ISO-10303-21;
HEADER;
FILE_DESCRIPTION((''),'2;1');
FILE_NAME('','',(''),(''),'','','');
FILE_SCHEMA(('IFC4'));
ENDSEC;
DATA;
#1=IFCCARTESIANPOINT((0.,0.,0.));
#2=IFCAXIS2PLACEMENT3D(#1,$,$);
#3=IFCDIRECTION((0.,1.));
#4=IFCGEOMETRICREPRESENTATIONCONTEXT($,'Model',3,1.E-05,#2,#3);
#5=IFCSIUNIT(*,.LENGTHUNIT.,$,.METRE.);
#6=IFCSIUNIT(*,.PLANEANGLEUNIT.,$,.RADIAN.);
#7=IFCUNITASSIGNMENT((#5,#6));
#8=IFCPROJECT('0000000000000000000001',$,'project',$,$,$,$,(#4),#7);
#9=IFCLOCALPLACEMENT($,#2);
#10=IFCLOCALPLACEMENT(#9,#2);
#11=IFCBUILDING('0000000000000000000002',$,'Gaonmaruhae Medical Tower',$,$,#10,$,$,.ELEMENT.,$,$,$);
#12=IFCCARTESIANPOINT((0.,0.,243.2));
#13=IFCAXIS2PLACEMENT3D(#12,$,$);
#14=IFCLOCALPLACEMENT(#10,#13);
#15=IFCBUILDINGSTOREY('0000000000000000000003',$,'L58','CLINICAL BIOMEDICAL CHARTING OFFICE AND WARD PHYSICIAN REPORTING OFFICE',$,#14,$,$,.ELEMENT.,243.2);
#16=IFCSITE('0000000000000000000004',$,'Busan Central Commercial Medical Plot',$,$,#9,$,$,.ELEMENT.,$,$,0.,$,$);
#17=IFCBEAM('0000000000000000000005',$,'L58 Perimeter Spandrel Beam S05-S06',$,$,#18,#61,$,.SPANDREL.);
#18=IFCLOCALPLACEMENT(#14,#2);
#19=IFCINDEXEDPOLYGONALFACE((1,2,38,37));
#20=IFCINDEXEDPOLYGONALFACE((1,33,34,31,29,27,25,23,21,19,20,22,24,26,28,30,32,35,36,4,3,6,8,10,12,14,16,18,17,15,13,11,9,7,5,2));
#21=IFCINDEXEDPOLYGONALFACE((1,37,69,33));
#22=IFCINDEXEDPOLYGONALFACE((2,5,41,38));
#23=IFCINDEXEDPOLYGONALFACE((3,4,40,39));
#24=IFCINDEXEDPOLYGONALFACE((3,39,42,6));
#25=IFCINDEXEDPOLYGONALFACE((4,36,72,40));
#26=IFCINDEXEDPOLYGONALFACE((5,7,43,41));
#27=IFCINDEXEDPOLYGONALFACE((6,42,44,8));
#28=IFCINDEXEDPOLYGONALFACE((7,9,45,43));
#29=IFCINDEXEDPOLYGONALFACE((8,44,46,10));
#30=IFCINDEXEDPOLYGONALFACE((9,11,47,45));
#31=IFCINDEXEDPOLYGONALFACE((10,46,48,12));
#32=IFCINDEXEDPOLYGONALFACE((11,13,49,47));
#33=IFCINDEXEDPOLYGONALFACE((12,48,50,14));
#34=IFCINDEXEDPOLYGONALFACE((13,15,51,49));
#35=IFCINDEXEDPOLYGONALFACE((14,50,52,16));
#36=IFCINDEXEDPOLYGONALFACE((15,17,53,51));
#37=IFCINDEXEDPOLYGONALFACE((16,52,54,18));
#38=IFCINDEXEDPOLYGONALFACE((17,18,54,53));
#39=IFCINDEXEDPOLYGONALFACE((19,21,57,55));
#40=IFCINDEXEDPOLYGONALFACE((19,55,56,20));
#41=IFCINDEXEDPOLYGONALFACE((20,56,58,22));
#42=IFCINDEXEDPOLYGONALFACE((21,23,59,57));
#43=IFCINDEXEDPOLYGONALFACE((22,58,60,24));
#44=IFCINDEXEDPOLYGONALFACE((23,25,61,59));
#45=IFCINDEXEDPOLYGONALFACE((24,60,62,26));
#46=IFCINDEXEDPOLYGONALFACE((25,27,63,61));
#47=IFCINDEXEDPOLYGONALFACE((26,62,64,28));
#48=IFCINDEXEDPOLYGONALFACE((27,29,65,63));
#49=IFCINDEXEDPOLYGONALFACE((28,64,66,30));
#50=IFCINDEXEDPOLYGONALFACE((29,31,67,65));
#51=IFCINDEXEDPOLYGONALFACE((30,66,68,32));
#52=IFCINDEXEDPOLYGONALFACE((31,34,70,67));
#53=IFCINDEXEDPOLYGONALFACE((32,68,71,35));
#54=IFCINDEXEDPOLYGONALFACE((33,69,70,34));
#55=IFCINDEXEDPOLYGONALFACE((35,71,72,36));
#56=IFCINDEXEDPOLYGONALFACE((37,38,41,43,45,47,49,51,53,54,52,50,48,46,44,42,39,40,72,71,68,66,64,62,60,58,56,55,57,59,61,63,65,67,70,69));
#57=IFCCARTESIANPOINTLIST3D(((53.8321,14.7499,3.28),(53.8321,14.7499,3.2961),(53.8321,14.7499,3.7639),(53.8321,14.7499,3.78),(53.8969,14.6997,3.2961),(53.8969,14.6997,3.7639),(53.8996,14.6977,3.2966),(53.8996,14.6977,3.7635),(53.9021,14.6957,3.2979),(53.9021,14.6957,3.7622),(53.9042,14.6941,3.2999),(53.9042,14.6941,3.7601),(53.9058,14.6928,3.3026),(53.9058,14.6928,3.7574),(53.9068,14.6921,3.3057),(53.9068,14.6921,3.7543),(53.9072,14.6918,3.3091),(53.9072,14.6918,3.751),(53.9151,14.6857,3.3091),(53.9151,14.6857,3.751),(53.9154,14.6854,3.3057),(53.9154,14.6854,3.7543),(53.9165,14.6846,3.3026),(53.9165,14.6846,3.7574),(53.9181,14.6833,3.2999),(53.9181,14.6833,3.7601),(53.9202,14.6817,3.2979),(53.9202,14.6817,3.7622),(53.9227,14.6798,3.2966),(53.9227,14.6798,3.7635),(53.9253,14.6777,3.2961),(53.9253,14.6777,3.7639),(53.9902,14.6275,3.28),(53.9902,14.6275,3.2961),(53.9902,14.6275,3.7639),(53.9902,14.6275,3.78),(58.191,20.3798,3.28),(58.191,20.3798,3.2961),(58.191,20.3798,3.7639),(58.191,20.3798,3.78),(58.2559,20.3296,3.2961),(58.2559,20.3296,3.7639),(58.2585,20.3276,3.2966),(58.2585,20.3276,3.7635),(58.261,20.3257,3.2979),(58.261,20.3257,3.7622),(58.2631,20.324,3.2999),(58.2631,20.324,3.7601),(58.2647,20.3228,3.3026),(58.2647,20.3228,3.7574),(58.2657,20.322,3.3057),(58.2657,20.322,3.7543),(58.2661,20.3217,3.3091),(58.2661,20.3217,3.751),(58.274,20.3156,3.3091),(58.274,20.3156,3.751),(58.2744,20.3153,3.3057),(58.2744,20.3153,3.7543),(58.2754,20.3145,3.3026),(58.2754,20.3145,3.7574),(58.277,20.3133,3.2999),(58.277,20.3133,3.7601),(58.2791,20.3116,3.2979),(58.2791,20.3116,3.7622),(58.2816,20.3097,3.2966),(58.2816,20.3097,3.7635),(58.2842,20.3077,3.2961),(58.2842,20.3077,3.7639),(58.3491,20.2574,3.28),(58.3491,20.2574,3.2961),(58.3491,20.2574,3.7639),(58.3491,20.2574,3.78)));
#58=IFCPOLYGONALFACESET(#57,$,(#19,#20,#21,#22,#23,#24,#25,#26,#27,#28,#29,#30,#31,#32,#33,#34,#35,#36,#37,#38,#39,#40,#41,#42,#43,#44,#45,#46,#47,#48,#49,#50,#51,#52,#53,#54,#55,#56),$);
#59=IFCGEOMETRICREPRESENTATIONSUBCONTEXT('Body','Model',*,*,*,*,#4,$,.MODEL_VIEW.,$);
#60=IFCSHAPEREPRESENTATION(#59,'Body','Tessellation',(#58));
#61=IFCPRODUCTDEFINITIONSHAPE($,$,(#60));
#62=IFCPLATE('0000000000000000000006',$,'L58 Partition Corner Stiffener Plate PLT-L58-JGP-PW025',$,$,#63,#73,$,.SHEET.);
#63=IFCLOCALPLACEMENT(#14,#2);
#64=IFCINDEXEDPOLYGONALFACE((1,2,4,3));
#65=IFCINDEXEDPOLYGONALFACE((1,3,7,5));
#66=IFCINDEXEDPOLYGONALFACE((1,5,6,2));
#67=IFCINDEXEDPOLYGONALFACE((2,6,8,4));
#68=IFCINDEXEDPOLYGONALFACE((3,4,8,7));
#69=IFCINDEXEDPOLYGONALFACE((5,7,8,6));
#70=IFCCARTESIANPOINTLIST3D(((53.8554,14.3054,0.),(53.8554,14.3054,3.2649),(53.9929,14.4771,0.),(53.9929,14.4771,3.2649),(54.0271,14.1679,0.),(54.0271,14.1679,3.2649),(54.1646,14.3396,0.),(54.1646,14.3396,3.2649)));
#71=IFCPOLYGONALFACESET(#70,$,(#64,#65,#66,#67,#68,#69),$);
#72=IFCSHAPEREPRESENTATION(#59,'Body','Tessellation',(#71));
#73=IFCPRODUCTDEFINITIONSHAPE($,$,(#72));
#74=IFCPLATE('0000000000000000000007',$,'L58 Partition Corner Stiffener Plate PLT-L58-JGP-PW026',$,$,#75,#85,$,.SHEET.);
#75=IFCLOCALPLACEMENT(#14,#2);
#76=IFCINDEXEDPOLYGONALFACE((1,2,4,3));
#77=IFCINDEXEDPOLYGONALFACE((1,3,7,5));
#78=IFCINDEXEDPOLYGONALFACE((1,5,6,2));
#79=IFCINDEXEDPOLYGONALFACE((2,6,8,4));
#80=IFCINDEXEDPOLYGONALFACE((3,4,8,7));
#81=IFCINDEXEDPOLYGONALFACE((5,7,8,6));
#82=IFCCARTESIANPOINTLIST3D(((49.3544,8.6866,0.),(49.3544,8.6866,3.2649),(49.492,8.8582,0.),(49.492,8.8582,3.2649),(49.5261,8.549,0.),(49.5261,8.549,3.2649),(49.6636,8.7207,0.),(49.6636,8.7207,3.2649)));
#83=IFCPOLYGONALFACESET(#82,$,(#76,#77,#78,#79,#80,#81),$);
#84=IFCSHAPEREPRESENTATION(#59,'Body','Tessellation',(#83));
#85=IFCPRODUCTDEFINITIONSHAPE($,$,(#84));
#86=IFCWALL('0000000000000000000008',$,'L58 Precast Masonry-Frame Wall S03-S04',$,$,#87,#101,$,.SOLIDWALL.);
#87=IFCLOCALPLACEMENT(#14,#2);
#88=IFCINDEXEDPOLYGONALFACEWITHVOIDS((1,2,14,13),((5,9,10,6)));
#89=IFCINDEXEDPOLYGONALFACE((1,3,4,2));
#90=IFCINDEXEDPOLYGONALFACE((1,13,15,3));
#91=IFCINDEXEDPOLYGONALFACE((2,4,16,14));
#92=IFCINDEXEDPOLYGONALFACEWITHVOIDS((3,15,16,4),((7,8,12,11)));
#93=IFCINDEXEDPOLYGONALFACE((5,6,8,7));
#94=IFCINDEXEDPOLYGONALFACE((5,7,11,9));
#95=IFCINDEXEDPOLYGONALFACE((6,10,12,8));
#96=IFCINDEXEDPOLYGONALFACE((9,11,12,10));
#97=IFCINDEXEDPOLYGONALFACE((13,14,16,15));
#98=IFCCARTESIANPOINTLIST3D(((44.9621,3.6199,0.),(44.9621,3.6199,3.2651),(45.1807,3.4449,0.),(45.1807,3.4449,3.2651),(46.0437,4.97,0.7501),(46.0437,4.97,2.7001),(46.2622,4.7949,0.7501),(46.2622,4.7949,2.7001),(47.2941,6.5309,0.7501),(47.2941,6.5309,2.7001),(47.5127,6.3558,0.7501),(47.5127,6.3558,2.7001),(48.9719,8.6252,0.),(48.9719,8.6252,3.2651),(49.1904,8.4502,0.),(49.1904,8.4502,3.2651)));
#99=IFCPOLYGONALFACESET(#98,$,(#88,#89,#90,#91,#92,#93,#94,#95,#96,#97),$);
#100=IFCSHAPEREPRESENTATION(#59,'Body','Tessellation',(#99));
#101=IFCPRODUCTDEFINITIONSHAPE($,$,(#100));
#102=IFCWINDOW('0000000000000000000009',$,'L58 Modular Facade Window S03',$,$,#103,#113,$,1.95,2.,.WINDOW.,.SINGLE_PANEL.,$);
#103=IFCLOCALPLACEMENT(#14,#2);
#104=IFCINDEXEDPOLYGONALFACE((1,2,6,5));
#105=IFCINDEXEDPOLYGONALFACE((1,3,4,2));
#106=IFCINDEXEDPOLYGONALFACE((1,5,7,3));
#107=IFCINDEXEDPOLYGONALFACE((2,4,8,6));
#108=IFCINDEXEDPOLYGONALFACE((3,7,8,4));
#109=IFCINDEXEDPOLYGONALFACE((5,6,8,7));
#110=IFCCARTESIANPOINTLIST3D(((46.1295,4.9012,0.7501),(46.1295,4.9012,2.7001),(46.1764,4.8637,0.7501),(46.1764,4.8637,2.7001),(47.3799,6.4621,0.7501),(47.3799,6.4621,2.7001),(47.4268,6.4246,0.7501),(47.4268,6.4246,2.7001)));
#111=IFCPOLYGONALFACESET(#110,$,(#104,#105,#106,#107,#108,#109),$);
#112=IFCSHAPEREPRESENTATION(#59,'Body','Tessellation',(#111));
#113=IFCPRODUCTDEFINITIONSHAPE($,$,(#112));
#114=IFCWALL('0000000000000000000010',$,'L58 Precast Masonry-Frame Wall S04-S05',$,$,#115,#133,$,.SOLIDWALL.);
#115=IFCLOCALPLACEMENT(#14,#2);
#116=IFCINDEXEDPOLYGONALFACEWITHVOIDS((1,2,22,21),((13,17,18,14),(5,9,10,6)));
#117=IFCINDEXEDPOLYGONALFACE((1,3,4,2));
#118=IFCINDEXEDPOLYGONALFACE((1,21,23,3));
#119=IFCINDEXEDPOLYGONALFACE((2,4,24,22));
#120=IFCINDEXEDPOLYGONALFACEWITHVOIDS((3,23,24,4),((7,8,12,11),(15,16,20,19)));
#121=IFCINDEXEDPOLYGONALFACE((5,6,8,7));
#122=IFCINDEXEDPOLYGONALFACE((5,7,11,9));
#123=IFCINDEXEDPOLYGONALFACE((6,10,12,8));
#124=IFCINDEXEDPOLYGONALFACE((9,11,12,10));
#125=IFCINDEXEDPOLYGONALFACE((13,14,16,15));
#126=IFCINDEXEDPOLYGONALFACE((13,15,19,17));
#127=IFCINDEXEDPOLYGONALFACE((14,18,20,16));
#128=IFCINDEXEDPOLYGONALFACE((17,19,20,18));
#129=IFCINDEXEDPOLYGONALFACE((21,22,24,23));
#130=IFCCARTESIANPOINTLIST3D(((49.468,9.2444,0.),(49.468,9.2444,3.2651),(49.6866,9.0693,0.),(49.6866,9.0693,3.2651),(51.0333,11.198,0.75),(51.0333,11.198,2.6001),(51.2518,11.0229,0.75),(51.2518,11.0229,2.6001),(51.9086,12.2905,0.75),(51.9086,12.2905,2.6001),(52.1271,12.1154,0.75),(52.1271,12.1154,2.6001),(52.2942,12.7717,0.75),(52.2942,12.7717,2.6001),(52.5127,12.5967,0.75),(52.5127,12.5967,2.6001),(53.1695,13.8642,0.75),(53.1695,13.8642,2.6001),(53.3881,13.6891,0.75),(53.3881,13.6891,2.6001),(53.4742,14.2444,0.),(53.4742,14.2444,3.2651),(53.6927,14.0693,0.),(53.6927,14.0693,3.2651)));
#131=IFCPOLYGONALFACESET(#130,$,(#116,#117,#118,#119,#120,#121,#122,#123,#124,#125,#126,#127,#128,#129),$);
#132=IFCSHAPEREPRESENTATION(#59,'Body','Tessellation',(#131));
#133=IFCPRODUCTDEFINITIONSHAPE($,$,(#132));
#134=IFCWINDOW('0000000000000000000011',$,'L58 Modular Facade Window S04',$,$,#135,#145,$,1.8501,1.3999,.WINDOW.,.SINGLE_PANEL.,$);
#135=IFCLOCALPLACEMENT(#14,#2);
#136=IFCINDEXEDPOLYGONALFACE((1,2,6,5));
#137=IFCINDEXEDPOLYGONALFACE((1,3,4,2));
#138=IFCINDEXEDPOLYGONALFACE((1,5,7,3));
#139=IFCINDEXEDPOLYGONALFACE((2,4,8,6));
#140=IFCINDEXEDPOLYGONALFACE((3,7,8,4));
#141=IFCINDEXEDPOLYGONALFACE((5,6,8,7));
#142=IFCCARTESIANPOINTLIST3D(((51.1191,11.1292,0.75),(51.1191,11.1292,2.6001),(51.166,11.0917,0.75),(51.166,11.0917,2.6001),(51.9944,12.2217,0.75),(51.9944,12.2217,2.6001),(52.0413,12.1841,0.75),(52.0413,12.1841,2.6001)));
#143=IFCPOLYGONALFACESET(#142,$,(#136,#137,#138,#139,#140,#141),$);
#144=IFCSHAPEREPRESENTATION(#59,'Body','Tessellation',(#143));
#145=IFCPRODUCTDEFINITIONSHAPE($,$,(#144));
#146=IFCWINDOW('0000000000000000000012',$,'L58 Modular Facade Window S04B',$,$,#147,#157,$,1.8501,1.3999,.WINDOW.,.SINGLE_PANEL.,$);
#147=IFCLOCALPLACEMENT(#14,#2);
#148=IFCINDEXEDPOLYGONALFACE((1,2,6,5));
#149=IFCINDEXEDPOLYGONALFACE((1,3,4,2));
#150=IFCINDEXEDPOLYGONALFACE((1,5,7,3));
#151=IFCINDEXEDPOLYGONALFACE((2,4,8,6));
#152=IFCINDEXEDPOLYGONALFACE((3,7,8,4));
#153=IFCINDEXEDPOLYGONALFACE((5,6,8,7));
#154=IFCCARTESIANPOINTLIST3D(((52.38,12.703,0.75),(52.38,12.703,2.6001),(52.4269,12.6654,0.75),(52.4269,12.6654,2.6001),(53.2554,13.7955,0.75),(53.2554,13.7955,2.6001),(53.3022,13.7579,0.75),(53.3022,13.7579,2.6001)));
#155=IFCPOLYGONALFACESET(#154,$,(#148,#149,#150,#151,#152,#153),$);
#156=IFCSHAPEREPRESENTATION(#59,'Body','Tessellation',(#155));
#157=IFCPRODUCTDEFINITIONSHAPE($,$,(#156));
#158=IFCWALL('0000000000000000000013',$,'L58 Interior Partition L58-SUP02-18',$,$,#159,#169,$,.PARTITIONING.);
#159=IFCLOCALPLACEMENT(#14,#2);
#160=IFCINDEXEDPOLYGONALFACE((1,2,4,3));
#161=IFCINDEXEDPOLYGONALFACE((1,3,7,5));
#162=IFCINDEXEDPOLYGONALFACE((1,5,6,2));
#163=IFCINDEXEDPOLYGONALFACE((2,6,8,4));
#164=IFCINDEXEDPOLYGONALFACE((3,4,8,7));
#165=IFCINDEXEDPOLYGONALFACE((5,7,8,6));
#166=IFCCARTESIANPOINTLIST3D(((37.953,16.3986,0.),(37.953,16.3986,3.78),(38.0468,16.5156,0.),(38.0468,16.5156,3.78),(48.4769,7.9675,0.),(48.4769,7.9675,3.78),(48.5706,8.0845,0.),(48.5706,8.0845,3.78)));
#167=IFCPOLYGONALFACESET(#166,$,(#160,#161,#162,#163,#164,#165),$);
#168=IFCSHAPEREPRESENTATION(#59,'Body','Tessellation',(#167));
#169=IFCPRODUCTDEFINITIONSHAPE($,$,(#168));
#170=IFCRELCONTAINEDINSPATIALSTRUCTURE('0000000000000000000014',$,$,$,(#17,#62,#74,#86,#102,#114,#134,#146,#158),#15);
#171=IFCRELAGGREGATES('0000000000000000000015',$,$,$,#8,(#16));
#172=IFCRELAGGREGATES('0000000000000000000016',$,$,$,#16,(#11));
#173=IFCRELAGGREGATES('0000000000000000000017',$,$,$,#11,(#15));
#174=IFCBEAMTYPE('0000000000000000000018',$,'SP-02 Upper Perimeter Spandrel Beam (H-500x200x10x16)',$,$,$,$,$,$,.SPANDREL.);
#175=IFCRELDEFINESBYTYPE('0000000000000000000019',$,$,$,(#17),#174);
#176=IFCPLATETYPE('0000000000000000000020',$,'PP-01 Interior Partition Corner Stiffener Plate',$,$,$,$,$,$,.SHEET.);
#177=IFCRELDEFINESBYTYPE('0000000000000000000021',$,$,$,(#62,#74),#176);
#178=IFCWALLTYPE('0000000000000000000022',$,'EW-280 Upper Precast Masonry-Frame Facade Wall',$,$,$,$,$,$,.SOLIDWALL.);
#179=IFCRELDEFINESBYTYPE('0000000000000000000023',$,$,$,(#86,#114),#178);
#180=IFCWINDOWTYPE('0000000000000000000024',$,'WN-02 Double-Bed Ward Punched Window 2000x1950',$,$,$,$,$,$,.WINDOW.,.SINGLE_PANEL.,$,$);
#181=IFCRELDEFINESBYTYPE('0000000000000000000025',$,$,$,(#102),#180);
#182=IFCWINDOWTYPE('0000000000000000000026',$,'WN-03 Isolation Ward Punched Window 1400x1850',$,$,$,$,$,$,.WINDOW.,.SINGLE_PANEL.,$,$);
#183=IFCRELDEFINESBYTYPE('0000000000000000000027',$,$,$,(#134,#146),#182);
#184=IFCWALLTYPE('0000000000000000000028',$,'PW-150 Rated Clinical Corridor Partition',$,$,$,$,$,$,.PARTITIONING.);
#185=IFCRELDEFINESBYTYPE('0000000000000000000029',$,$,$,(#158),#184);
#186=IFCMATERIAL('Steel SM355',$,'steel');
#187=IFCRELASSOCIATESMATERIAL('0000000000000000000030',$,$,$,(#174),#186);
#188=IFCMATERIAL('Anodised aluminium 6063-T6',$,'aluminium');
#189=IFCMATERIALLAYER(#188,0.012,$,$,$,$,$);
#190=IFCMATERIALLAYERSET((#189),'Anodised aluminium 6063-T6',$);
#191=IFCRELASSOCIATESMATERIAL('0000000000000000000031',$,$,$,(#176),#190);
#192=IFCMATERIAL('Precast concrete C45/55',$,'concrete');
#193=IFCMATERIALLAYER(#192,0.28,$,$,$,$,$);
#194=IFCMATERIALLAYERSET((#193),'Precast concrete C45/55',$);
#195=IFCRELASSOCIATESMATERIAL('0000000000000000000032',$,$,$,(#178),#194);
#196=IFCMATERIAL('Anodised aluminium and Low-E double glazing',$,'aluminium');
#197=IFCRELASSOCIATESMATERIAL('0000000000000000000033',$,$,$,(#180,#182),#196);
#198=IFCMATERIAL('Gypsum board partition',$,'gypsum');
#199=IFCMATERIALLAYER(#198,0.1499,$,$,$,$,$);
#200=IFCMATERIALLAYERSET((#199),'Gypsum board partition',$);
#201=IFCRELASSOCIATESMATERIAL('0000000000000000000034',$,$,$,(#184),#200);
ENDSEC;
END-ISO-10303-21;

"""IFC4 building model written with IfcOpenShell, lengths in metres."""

from ifc_helpers import new_model, si_unit, direction, frame, frame_2d, origin, origin_2d, place, context, subcontext, project, spatial, rectangle, i_section, extrude, material, layer, layer_set, material_profile, profile_set, type_object, element, fill, save


model = new_model("IFC4")

# Units and contexts
model_context = context("Model", 3, precision=1e-05, world=origin(), true_north=direction((0.0, 1.0)))
body_context = subcontext(model_context, "Body", "Model", "MODEL_VIEW")
ifc_project = project(units=[si_unit("LENGTHUNIT", "METRE"), si_unit("PLANEANGLEUNIT", "RADIAN")], contexts=[model_context])

# Site, building, storey
site_placement = place(None, origin())
site = spatial("IfcSite", under=ifc_project, at=site_placement, Name="Busan Central Commercial Medical Plot", CompositionType="ELEMENT", RefElevation=0.0)
building_placement = place(site_placement, origin())
building = spatial("IfcBuilding", under=site, at=building_placement, Name="Gaonmaruhae Medical Tower", CompositionType="ELEMENT")
storey_placement = place(building_placement, frame((0.0, 0.0, 243.2)))
storey = spatial("IfcBuildingStorey", under=building, at=storey_placement, Name="L58", Description="CLINICAL BIOMEDICAL CHARTING OFFICE AND WARD PHYSICIAN REPORTING OFFICE", CompositionType="ELEMENT", Elevation=243.2)

# Beam
ifc_material_1 = material(Name="Steel SM355", Category="steel")
ifc_material_profile_1 = material_profile(ifc_material_1, i_section(OverallWidth=0.2, OverallDepth=0.5, WebThickness=0.01, FlangeThickness=0.0161, FilletRadius=0.0129, at=origin_2d()), Name="H-500x200x10x16")
ifc_profile_set_1 = profile_set([ifc_material_profile_1], Name="Steel SM355")
beam_type_1 = type_object("IfcBeamType", Name="SP-02 Upper Perimeter Spandrel Beam (H-500x200x10x16)", PredefinedType="SPANDREL", material=ifc_profile_set_1)
beam_1_placement = place(storey_placement, frame((53.9111, 14.6887, 3.53), z_axis=(0.612197, 0.790706, 0.0), x_axis=(-0.790706, 0.612197, 0.0)))
element("IfcBeam", 1, at=beam_1_placement, inside=storey, type_object=beam_type_1, Name="L58 Perimeter Spandrel Beam S05-S06", PredefinedType="SPANDREL", context=body_context, shape_type="SweptSolid", body=[
    extrude(i_section(OverallWidth=0.2, OverallDepth=0.5, WebThickness=0.01, FlangeThickness=0.0161, FilletRadius=0.0129, at=origin_2d()), origin(), (0.0, 0.0, 1.0), 7.1201),
])

# Plates
ifc_material_2 = material(Name="Anodised aluminium 6063-T6", Category="aluminium")
ifc_layer_1 = layer(ifc_material_2, 0.012)
ifc_layer_set_1 = layer_set([ifc_layer_1], Name="Anodised aluminium 6063-T6")
plate_type = type_object("IfcPlateType", Name="PP-01 Interior Partition Corner Stiffener Plate", PredefinedType="SHEET", material=ifc_layer_set_1)
for number, where, z_axis, x_axis, name in (
    (2, (54.01, 14.3225, 0.0), (0.0, 0.0, 1.0), (-0.624997, -0.780627, 0.0), "L58 Partition Corner Stiffener Plate PLT-L58-JGP-PW025"),
    (3, (49.509, 8.7036, 0.0), (0.0, 0.0, 1.0), (-0.625311, -0.780376, 0.0), "L58 Partition Corner Stiffener Plate PLT-L58-JGP-PW026"),
):
    element("IfcPlate", number, at=place(storey_placement, frame(where, z_axis=z_axis, x_axis=x_axis)), inside=storey, type_object=plate_type, Name=name, PredefinedType="SHEET", context=body_context, shape_type="SweptSolid", body=[
        extrude(rectangle(XDim=0.22, YDim=0.22, at=origin_2d()), origin(), (0.0, 0.0, 1.0), 3.2649),
    ])

# Wall, opening, window
ifc_material_3 = material(Name="Precast concrete C45/55", Category="concrete")
ifc_layer_2 = layer(ifc_material_3, 0.28)
ifc_layer_set_2 = layer_set([ifc_layer_2], Name="Precast concrete C45/55")
wall_type_1 = type_object("IfcWallType", Name="EW-280 Upper Precast Masonry-Frame Facade Wall", PredefinedType="SOLIDWALL", material=ifc_layer_set_2)
wall_1_placement = place(storey_placement, frame((49.0811, 8.5376, 0.0), z_axis=(0.0, 0.0, 1.0), x_axis=(-0.625215, -0.780453, 0.0)))
wall_1 = element("IfcWall", 4, at=wall_1_placement, inside=storey, type_object=wall_type_1, Name="L58 Precast Masonry-Frame Wall S03-S04", PredefinedType="SOLIDWALL", context=body_context, shape_type="SweptSolid", body=[
    extrude(rectangle(XDim=6.4133, YDim=0.28, at=frame_2d((3.2065, 0.0))), origin(), (0.0, 0.0, 1.0), 3.2651),
])
opening_1_placement = place(wall_1_placement, frame((2.6833, 0.0, 0.75)))
opening_1 = element("IfcOpeningElement", 5, at=opening_1_placement, cuts=wall_1, PredefinedType="OPENING", context=body_context, shape_type="SweptSolid", body=[
    extrude(rectangle(XDim=2.0, YDim=1.95, at=frame_2d((1.0, 0.9751))), frame((0.0, 0.1499, 0.0), z_axis=(0.0, -1.0, 0.0), x_axis=(1.0, 0.0, 0.0)), (0.0, 0.0, 1.0), 0.3),
])
ifc_material_4 = material(Name="Anodised aluminium and Low-E double glazing", Category="aluminium")
window_type_1 = type_object("IfcWindowType", Name="WN-02 Double-Bed Ward Punched Window 2000x1950", PartitioningType="SINGLE_PANEL", PredefinedType="WINDOW", material=ifc_material_4)
window_1_placement = place(opening_1_placement, origin())
window_1 = element("IfcWindow", 6, at=window_1_placement, inside=storey, type_object=window_type_1, Name="L58 Modular Facade Window S03", OverallHeight=1.95, OverallWidth=2.0, PartitioningType="SINGLE_PANEL", PredefinedType="WINDOW", context=body_context, shape_type="SweptSolid", body=[
    extrude(rectangle(XDim=2.0, YDim=1.95, at=frame_2d((1.0, 0.9751))), frame((0.0, 0.03, 0.0), z_axis=(0.0, -1.0, 0.0), x_axis=(1.0, 0.0, 0.0)), (0.0, 0.0, 1.0), 0.0601),
])
fill(opening_1, window_1)

# Wall, openings, windows
wall_2_placement = place(storey_placement, frame((53.5835, 14.157, 0.0), z_axis=(0.0, 0.0, 1.0), x_axis=(-0.625276, -0.780404, 0.0)))
wall_2 = element("IfcWall", 7, at=wall_2_placement, inside=storey, type_object=wall_type_1, Name="L58 Precast Masonry-Frame Wall S04-S05", PredefinedType="SOLIDWALL", context=body_context, shape_type="SweptSolid", body=[
    extrude(rectangle(XDim=6.407, YDim=0.28, at=frame_2d((3.2036, 0.0))), origin(), (0.0, 0.0, 1.0), 3.2651),
])
opening_2_placement = place(wall_2_placement, frame((2.5039, 0.0, 0.75)))
opening_2 = element("IfcOpeningElement", 8, at=opening_2_placement, cuts=wall_2, PredefinedType="OPENING", context=body_context, shape_type="SweptSolid", body=[
    extrude(rectangle(XDim=1.3999, YDim=1.8501, at=frame_2d((0.7, 0.925))), frame((0.0, 0.1499, 0.0), z_axis=(0.0, -1.0, 0.0), x_axis=(1.0, 0.0, 0.0)), (0.0, 0.0, 1.0), 0.3),
])
opening_3_placement = place(wall_2_placement, frame((0.4873, 0.0, 0.75)))
opening_3 = element("IfcOpeningElement", 9, at=opening_3_placement, cuts=wall_2, PredefinedType="OPENING", context=body_context, shape_type="SweptSolid", body=[
    extrude(rectangle(XDim=1.3999, YDim=1.8501, at=frame_2d((0.7, 0.925))), frame((0.0, 0.1499, 0.0), z_axis=(0.0, -1.0, 0.0), x_axis=(1.0, 0.0, 0.0)), (0.0, 0.0, 1.0), 0.3),
])
window_type_2 = type_object("IfcWindowType", Name="WN-03 Isolation Ward Punched Window 1400x1850", PartitioningType="SINGLE_PANEL", PredefinedType="WINDOW", material=ifc_material_4)
window_2_placement = place(opening_2_placement, origin())
window_2 = element("IfcWindow", 10, at=window_2_placement, inside=storey, type_object=window_type_2, Name="L58 Modular Facade Window S04", OverallHeight=1.8501, OverallWidth=1.3999, PartitioningType="SINGLE_PANEL", PredefinedType="WINDOW", context=body_context, shape_type="SweptSolid", body=[
    extrude(rectangle(XDim=1.3999, YDim=1.8501, at=frame_2d((0.7, 0.925))), frame((0.0, 0.03, 0.0), z_axis=(0.0, -1.0, 0.0), x_axis=(1.0, 0.0, 0.0)), (0.0, 0.0, 1.0), 0.0601),
])
fill(opening_2, window_2)
window_3_placement = place(opening_3_placement, origin())
window_3 = element("IfcWindow", 11, at=window_3_placement, inside=storey, type_object=window_type_2, Name="L58 Modular Facade Window S04B", OverallHeight=1.8501, OverallWidth=1.3999, PartitioningType="SINGLE_PANEL", PredefinedType="WINDOW", context=body_context, shape_type="SweptSolid", body=[
    extrude(rectangle(XDim=1.3999, YDim=1.8501, at=frame_2d((0.7, 0.925))), frame((0.0, 0.03, 0.0), z_axis=(0.0, -1.0, 0.0), x_axis=(1.0, 0.0, 0.0)), (0.0, 0.0, 1.0), 0.0601),
])
fill(opening_3, window_3)

# Shared definitions
ifc_material_5 = material(Name="Gypsum board partition", Category="gypsum")
ifc_layer_3 = layer(ifc_material_5, 0.1499)
ifc_layer_set_3 = layer_set([ifc_layer_3], Name="Gypsum board partition")
wall_type_2 = type_object("IfcWallType", Name="PW-150 Rated Clinical Corridor Partition", PredefinedType="PARTITIONING", material=ifc_layer_set_3)

# Wall
wall_3_placement = place(storey_placement, frame((38.0, 16.457, 0.0), z_axis=(0.0, 0.0, 1.0), x_axis=(0.780434, -0.625238, 0.0)))
element("IfcWall", 12, at=wall_3_placement, inside=storey, type_object=wall_type_2, Name="L58 Interior Partition L58-SUP02-18", PredefinedType="PARTITIONING", context=body_context, shape_type="SweptSolid", body=[
    extrude(rectangle(XDim=13.4846, YDim=0.1499, at=frame_2d((6.7422, 0.0))), origin(), (0.0, 0.0, 1.0), 3.78),
])

save(model, "model.ifc")
